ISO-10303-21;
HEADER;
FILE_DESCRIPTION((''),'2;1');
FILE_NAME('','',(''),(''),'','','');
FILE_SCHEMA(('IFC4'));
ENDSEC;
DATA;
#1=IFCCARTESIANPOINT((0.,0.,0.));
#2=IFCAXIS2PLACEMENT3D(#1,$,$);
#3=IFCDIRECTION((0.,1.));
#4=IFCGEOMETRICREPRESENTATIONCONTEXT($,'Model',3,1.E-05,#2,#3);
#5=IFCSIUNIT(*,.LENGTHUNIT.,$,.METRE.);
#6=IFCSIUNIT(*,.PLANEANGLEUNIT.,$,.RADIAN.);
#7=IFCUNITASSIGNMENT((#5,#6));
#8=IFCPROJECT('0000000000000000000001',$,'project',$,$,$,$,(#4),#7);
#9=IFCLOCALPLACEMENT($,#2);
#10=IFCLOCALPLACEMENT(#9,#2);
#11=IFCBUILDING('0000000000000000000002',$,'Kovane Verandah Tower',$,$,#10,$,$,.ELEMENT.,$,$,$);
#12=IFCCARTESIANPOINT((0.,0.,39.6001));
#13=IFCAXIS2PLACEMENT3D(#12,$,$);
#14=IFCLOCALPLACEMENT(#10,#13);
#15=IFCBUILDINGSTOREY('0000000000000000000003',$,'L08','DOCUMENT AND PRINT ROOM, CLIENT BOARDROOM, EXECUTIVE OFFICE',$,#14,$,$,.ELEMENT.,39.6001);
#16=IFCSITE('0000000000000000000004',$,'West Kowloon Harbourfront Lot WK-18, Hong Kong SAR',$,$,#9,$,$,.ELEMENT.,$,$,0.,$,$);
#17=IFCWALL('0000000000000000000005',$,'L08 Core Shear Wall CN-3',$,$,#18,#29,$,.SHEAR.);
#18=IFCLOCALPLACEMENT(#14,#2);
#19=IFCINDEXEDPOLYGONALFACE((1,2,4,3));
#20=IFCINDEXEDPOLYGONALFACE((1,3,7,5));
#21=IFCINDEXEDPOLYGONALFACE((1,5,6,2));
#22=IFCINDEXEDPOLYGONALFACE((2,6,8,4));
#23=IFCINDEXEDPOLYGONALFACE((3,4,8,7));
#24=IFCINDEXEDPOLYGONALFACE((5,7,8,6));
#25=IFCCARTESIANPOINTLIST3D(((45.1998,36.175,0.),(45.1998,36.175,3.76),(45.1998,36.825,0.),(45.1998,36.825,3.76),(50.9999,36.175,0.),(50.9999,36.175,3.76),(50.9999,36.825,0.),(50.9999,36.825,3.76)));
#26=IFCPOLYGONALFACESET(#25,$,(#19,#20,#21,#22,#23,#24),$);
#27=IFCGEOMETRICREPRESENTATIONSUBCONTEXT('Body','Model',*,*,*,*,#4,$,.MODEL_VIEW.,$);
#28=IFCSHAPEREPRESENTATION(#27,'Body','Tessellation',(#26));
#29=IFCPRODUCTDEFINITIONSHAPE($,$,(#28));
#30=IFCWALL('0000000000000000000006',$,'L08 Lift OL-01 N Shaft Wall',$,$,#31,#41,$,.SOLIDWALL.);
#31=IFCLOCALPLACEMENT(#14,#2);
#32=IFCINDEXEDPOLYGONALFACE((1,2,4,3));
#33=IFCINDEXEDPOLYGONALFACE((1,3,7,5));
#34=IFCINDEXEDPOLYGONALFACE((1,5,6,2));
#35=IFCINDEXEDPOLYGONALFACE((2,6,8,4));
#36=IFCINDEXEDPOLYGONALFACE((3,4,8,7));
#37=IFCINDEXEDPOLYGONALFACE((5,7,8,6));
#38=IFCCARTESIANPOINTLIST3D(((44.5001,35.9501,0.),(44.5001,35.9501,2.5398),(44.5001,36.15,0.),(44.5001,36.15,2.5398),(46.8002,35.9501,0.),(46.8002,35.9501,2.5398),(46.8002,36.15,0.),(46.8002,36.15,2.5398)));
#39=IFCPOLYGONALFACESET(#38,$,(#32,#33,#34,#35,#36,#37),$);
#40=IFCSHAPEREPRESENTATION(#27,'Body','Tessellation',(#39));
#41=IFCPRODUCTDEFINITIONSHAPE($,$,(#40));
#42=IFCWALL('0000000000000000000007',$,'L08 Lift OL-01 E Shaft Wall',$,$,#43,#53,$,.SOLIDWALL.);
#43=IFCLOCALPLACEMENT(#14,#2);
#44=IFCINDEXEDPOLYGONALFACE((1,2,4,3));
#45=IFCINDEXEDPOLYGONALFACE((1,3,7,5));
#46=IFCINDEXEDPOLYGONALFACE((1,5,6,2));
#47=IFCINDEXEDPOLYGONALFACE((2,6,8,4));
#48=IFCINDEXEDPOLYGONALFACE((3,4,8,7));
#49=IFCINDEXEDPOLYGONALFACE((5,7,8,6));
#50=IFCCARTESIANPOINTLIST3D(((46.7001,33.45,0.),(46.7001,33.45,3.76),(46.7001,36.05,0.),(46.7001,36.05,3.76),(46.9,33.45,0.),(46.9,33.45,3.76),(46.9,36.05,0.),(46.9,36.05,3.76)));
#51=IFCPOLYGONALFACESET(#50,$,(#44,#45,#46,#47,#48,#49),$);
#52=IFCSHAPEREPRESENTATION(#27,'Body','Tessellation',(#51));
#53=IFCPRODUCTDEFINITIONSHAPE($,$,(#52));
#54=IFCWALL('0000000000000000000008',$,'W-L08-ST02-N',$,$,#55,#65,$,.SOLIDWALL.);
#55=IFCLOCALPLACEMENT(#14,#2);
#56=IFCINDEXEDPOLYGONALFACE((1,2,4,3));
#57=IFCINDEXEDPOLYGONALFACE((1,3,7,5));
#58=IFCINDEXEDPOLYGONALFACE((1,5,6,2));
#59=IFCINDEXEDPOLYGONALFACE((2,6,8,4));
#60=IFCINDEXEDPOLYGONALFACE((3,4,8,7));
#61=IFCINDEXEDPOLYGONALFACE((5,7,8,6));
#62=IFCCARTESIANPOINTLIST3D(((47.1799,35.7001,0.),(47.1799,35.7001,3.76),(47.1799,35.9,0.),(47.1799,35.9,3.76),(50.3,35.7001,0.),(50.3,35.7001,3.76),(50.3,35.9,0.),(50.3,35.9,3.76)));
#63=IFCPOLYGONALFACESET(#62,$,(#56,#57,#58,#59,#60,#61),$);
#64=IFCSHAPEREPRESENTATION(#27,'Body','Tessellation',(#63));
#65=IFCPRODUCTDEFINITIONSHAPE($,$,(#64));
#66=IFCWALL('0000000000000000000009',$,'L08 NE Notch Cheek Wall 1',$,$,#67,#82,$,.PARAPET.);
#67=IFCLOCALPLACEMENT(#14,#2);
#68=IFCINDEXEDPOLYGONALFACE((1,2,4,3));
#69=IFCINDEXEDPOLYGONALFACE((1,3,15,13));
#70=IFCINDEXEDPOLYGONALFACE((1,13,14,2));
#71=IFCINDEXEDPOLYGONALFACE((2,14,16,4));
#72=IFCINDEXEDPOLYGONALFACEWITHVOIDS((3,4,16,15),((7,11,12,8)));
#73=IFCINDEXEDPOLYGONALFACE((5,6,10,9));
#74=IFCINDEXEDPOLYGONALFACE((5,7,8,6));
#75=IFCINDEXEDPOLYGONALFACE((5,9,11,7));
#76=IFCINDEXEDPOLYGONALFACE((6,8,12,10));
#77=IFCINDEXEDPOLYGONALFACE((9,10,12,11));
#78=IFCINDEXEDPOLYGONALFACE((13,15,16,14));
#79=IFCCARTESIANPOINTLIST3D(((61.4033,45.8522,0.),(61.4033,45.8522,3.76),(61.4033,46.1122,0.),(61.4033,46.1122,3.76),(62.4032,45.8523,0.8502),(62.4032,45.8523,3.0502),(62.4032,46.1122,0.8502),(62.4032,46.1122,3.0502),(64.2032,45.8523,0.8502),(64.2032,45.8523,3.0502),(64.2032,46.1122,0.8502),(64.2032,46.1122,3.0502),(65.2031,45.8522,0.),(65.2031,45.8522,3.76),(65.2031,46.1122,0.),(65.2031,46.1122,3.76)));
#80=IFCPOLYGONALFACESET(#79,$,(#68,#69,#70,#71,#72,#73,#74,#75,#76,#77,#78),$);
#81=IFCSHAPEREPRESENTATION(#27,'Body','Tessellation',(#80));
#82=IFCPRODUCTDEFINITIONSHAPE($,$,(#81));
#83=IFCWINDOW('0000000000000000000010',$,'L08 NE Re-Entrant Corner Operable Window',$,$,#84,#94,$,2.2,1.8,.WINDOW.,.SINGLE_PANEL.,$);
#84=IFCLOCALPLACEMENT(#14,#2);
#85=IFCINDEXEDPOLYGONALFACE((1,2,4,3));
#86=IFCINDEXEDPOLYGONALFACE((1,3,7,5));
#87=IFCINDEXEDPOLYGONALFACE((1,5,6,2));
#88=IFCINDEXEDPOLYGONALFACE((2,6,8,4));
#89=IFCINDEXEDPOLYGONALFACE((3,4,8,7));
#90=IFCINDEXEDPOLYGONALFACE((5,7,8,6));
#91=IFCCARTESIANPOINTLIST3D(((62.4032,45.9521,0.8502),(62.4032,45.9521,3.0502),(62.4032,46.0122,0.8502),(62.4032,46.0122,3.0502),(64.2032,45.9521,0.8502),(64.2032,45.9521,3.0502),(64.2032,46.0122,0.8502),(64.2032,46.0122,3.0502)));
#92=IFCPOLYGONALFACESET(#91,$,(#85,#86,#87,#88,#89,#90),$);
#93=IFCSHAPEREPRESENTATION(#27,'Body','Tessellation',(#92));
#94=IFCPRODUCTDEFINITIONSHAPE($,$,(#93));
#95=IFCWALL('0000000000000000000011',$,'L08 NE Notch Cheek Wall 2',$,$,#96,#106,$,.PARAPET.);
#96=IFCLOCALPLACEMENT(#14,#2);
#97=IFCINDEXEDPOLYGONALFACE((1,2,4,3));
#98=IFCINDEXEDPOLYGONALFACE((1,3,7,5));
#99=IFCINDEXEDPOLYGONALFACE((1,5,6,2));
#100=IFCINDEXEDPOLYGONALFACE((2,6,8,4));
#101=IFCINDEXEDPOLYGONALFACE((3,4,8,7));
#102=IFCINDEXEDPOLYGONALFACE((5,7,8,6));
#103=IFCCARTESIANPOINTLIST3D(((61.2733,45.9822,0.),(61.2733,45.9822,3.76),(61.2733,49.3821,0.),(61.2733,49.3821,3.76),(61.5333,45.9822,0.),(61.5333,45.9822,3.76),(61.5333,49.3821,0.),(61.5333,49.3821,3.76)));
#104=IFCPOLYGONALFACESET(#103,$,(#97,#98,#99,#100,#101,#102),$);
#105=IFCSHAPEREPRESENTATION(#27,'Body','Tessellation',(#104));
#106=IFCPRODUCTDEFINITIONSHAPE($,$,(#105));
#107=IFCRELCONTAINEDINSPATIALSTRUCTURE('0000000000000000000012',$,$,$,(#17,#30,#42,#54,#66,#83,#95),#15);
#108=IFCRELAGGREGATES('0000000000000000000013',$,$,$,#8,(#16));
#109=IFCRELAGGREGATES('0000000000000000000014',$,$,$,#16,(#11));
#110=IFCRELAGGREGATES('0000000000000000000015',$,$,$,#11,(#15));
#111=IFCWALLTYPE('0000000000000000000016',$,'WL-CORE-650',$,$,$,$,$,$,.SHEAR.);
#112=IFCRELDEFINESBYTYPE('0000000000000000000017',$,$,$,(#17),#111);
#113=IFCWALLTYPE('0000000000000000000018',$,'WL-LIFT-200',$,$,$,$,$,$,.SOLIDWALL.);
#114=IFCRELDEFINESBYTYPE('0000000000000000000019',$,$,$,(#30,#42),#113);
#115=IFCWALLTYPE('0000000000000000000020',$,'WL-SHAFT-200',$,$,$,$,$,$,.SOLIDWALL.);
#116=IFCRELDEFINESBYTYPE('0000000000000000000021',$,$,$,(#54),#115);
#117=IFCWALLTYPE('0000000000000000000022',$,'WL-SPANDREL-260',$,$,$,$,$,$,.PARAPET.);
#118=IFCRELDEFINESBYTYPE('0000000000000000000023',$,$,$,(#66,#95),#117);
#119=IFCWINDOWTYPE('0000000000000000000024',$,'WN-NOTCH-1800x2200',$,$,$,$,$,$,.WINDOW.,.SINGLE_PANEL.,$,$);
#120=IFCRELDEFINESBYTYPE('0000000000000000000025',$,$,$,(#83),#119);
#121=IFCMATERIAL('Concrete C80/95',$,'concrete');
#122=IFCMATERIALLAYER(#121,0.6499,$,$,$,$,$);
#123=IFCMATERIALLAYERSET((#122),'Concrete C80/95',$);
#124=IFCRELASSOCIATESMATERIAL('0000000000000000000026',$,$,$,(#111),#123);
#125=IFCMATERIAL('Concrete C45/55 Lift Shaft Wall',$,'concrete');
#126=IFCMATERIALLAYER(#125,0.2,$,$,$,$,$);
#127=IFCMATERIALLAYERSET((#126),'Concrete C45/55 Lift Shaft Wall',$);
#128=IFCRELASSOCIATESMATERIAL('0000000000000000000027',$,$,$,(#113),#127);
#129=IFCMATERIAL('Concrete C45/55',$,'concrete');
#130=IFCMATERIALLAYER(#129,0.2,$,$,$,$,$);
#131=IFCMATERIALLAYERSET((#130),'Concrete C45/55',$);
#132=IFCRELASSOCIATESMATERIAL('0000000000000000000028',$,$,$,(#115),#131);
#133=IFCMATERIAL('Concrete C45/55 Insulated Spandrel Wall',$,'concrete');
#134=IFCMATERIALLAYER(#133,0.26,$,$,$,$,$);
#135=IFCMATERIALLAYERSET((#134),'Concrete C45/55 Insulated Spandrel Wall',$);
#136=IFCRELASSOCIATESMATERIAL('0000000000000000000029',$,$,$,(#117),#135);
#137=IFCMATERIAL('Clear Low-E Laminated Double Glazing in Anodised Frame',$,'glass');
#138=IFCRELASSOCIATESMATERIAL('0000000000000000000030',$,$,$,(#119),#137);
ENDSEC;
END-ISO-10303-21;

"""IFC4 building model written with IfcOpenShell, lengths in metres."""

from ifc_helpers import new_model, si_unit, direction, frame, frame_2d, origin, place, context, subcontext, project, spatial, rectangle, extrude, material, layer, layer_set, type_object, element, fill, save


model = new_model("IFC4")

# Units and contexts
model_context = context("Model", 3, precision=1e-05, world=origin(), true_north=direction((0.0, 1.0)))
body_context = subcontext(model_context, "Body", "Model", "MODEL_VIEW")
ifc_project = project(units=[si_unit("LENGTHUNIT", "METRE"), si_unit("PLANEANGLEUNIT", "RADIAN")], contexts=[model_context])

# Site, building, storey
site_placement = place(None, origin())
site = spatial("IfcSite", under=ifc_project, at=site_placement, Name="West Kowloon Harbourfront Lot WK-18, Hong Kong SAR", CompositionType="ELEMENT", RefElevation=0.0)
building_placement = place(site_placement, origin())
building = spatial("IfcBuilding", under=site, at=building_placement, Name="Kovane Verandah Tower", CompositionType="ELEMENT")
storey_placement = place(building_placement, frame((0.0, 0.0, 39.6001)))
storey = spatial("IfcBuildingStorey", under=building, at=storey_placement, Name="L08", Description="DOCUMENT AND PRINT ROOM, CLIENT BOARDROOM, EXECUTIVE OFFICE", CompositionType="ELEMENT", Elevation=39.6001)

# Shared definitions
ifc_material_1 = material(Name="Concrete C80/95", Category="concrete")

# Walls
ifc_layer_1 = layer(ifc_material_1, 0.6499)
ifc_layer_set_1 = layer_set([ifc_layer_1], Name="Concrete C80/95")
wall_type_1 = type_object("IfcWallType", Name="WL-CORE-650", PredefinedType="SHEAR", material=ifc_layer_set_1)
wall_1_placement = place(storey_placement, frame((45.2, 36.5, 0.0), z_axis=(0.0, 0.0, 1.0), x_axis=(1.0, 0.0, 0.0)))
element("IfcWall", 1, at=wall_1_placement, inside=storey, type_object=wall_type_1, Name="L08 Core Shear Wall CN-3", PredefinedType="SHEAR", context=body_context, shape_type="SweptSolid", body=[
    extrude(rectangle(XDim=5.8, YDim=0.6499, at=frame_2d((2.8999, 0.0))), origin(), (0.0, 0.0, 1.0), 3.76),
])
ifc_material_2 = material(Name="Concrete C45/55 Lift Shaft Wall", Category="concrete")
ifc_layer_2 = layer(ifc_material_2, 0.2)
ifc_layer_set_2 = layer_set([ifc_layer_2], Name="Concrete C45/55 Lift Shaft Wall")
wall_type_2 = type_object("IfcWallType", Name="WL-LIFT-200", PredefinedType="SOLIDWALL", material=ifc_layer_set_2)
wall_2_placement = place(storey_placement, frame((46.8, 36.05, 0.0), z_axis=(0.0, 0.0, 1.0), x_axis=(-1.0, 0.0, 0.0)))
element("IfcWall", 2, at=wall_2_placement, inside=storey, type_object=wall_type_2, Name="L08 Lift OL-01 N Shaft Wall", PredefinedType="SOLIDWALL", context=body_context, shape_type="SweptSolid", body=[
    extrude(rectangle(XDim=2.3, YDim=0.2, at=frame_2d((1.1499, 0.0))), origin(), (0.0, 0.0, 1.0), 2.5398),
])
wall_3_placement = place(storey_placement, frame((46.8, 33.45, 0.0), z_axis=(0.0, 0.0, 1.0), x_axis=(0.0, 1.0, 0.0)))
element("IfcWall", 3, at=wall_3_placement, inside=storey, type_object=wall_type_2, Name="L08 Lift OL-01 E Shaft Wall", PredefinedType="SOLIDWALL", context=body_context, shape_type="SweptSolid", body=[
    extrude(rectangle(XDim=2.6001, YDim=0.2, at=frame_2d((1.3, 0.0))), origin(), (0.0, 0.0, 1.0), 3.76),
])
ifc_material_3 = material(Name="Concrete C45/55", Category="concrete")
ifc_layer_3 = layer(ifc_material_3, 0.2)
ifc_layer_set_3 = layer_set([ifc_layer_3], Name="Concrete C45/55")
wall_type_3 = type_object("IfcWallType", Name="WL-SHAFT-200", PredefinedType="SOLIDWALL", material=ifc_layer_set_3)
wall_4_placement = place(storey_placement, frame((47.1799, 35.8, 0.0), z_axis=(0.0, 0.0, 1.0), x_axis=(1.0, 0.0, 0.0)))
element("IfcWall", 4, at=wall_4_placement, inside=storey, type_object=wall_type_3, Name="W-L08-ST02-N", PredefinedType="SOLIDWALL", context=body_context, shape_type="SweptSolid", body=[
    extrude(rectangle(XDim=3.1201, YDim=0.2, at=frame_2d((1.5601, 0.0))), origin(), (0.0, 0.0, 1.0), 3.76),
])

# Shared definitions
ifc_material_4 = material(Name="Concrete C45/55 Insulated Spandrel Wall", Category="concrete")
ifc_layer_4 = layer(ifc_material_4, 0.26)
ifc_layer_set_4 = layer_set([ifc_layer_4], Name="Concrete C45/55 Insulated Spandrel Wall")
wall_type_4 = type_object("IfcWallType", Name="WL-SPANDREL-260", PredefinedType="PARAPET", material=ifc_layer_set_4)
ifc_material_5 = material(Name="Clear Low-E Laminated Double Glazing in Anodised Frame", Category="glass")
window_type = type_object("IfcWindowType", Name="WN-NOTCH-1800x2200", PartitioningType="SINGLE_PANEL", PredefinedType="WINDOW", material=ifc_material_5)

# Wall, opening, window
wall_5_placement = place(storey_placement, frame((65.2031, 45.9822, 0.0), z_axis=(0.0, 0.0, 1.0), x_axis=(-1.0, 0.0, 0.0)))
wall_5 = element("IfcWall", 5, at=wall_5_placement, inside=storey, type_object=wall_type_4, Name="L08 NE Notch Cheek Wall 1", PredefinedType="PARAPET", context=body_context, shape_type="SweptSolid", body=[
    extrude(rectangle(XDim=3.7998, YDim=0.26, at=frame_2d((1.8999, 0.0))), origin(), (0.0, 0.0, 1.0), 3.76),
])
opening_1_placement = place(wall_5_placement, frame((1.0, 0.0, 0.8501)))
opening_1 = element("IfcOpeningElement", 6, at=opening_1_placement, cuts=wall_5, PredefinedType="OPENING", context=body_context, shape_type="SweptSolid", body=[
    extrude(rectangle(XDim=1.8, YDim=2.2, at=frame_2d((0.8999, 1.1001))), frame((0.0, 0.1299, 0.0), z_axis=(0.0, -1.0, 0.0), x_axis=(1.0, 0.0, 0.0)), (0.0, 0.0, 1.0), 0.26),
])
window_1_placement = place(opening_1_placement, origin())
window_1 = element("IfcWindow", 7, at=window_1_placement, inside=storey, type_object=window_type, Name="L08 NE Re-Entrant Corner Operable Window", OverallHeight=2.2, OverallWidth=1.8, PartitioningType="SINGLE_PANEL", PredefinedType="WINDOW", context=body_context, shape_type="SweptSolid", body=[
    extrude(rectangle(XDim=1.8, YDim=2.2, at=frame_2d((0.8999, 1.1001))), frame((0.0, 0.03, 0.0), z_axis=(0.0, -1.0, 0.0), x_axis=(1.0, 0.0, 0.0)), (0.0, 0.0, 1.0), 0.0601),
])
fill(opening_1, window_1)

# Wall
wall_6_placement = place(storey_placement, frame((61.4033, 45.9822, 0.0), z_axis=(0.0, 0.0, 1.0), x_axis=(0.0, 1.0, 0.0)))
element("IfcWall", 8, at=wall_6_placement, inside=storey, type_object=wall_type_4, Name="L08 NE Notch Cheek Wall 2", PredefinedType="PARAPET", context=body_context, shape_type="SweptSolid", body=[
    extrude(rectangle(XDim=3.3999, YDim=0.26, at=frame_2d((1.7, 0.0))), origin(), (0.0, 0.0, 1.0), 3.76),
])

save(model, "model.ifc")
